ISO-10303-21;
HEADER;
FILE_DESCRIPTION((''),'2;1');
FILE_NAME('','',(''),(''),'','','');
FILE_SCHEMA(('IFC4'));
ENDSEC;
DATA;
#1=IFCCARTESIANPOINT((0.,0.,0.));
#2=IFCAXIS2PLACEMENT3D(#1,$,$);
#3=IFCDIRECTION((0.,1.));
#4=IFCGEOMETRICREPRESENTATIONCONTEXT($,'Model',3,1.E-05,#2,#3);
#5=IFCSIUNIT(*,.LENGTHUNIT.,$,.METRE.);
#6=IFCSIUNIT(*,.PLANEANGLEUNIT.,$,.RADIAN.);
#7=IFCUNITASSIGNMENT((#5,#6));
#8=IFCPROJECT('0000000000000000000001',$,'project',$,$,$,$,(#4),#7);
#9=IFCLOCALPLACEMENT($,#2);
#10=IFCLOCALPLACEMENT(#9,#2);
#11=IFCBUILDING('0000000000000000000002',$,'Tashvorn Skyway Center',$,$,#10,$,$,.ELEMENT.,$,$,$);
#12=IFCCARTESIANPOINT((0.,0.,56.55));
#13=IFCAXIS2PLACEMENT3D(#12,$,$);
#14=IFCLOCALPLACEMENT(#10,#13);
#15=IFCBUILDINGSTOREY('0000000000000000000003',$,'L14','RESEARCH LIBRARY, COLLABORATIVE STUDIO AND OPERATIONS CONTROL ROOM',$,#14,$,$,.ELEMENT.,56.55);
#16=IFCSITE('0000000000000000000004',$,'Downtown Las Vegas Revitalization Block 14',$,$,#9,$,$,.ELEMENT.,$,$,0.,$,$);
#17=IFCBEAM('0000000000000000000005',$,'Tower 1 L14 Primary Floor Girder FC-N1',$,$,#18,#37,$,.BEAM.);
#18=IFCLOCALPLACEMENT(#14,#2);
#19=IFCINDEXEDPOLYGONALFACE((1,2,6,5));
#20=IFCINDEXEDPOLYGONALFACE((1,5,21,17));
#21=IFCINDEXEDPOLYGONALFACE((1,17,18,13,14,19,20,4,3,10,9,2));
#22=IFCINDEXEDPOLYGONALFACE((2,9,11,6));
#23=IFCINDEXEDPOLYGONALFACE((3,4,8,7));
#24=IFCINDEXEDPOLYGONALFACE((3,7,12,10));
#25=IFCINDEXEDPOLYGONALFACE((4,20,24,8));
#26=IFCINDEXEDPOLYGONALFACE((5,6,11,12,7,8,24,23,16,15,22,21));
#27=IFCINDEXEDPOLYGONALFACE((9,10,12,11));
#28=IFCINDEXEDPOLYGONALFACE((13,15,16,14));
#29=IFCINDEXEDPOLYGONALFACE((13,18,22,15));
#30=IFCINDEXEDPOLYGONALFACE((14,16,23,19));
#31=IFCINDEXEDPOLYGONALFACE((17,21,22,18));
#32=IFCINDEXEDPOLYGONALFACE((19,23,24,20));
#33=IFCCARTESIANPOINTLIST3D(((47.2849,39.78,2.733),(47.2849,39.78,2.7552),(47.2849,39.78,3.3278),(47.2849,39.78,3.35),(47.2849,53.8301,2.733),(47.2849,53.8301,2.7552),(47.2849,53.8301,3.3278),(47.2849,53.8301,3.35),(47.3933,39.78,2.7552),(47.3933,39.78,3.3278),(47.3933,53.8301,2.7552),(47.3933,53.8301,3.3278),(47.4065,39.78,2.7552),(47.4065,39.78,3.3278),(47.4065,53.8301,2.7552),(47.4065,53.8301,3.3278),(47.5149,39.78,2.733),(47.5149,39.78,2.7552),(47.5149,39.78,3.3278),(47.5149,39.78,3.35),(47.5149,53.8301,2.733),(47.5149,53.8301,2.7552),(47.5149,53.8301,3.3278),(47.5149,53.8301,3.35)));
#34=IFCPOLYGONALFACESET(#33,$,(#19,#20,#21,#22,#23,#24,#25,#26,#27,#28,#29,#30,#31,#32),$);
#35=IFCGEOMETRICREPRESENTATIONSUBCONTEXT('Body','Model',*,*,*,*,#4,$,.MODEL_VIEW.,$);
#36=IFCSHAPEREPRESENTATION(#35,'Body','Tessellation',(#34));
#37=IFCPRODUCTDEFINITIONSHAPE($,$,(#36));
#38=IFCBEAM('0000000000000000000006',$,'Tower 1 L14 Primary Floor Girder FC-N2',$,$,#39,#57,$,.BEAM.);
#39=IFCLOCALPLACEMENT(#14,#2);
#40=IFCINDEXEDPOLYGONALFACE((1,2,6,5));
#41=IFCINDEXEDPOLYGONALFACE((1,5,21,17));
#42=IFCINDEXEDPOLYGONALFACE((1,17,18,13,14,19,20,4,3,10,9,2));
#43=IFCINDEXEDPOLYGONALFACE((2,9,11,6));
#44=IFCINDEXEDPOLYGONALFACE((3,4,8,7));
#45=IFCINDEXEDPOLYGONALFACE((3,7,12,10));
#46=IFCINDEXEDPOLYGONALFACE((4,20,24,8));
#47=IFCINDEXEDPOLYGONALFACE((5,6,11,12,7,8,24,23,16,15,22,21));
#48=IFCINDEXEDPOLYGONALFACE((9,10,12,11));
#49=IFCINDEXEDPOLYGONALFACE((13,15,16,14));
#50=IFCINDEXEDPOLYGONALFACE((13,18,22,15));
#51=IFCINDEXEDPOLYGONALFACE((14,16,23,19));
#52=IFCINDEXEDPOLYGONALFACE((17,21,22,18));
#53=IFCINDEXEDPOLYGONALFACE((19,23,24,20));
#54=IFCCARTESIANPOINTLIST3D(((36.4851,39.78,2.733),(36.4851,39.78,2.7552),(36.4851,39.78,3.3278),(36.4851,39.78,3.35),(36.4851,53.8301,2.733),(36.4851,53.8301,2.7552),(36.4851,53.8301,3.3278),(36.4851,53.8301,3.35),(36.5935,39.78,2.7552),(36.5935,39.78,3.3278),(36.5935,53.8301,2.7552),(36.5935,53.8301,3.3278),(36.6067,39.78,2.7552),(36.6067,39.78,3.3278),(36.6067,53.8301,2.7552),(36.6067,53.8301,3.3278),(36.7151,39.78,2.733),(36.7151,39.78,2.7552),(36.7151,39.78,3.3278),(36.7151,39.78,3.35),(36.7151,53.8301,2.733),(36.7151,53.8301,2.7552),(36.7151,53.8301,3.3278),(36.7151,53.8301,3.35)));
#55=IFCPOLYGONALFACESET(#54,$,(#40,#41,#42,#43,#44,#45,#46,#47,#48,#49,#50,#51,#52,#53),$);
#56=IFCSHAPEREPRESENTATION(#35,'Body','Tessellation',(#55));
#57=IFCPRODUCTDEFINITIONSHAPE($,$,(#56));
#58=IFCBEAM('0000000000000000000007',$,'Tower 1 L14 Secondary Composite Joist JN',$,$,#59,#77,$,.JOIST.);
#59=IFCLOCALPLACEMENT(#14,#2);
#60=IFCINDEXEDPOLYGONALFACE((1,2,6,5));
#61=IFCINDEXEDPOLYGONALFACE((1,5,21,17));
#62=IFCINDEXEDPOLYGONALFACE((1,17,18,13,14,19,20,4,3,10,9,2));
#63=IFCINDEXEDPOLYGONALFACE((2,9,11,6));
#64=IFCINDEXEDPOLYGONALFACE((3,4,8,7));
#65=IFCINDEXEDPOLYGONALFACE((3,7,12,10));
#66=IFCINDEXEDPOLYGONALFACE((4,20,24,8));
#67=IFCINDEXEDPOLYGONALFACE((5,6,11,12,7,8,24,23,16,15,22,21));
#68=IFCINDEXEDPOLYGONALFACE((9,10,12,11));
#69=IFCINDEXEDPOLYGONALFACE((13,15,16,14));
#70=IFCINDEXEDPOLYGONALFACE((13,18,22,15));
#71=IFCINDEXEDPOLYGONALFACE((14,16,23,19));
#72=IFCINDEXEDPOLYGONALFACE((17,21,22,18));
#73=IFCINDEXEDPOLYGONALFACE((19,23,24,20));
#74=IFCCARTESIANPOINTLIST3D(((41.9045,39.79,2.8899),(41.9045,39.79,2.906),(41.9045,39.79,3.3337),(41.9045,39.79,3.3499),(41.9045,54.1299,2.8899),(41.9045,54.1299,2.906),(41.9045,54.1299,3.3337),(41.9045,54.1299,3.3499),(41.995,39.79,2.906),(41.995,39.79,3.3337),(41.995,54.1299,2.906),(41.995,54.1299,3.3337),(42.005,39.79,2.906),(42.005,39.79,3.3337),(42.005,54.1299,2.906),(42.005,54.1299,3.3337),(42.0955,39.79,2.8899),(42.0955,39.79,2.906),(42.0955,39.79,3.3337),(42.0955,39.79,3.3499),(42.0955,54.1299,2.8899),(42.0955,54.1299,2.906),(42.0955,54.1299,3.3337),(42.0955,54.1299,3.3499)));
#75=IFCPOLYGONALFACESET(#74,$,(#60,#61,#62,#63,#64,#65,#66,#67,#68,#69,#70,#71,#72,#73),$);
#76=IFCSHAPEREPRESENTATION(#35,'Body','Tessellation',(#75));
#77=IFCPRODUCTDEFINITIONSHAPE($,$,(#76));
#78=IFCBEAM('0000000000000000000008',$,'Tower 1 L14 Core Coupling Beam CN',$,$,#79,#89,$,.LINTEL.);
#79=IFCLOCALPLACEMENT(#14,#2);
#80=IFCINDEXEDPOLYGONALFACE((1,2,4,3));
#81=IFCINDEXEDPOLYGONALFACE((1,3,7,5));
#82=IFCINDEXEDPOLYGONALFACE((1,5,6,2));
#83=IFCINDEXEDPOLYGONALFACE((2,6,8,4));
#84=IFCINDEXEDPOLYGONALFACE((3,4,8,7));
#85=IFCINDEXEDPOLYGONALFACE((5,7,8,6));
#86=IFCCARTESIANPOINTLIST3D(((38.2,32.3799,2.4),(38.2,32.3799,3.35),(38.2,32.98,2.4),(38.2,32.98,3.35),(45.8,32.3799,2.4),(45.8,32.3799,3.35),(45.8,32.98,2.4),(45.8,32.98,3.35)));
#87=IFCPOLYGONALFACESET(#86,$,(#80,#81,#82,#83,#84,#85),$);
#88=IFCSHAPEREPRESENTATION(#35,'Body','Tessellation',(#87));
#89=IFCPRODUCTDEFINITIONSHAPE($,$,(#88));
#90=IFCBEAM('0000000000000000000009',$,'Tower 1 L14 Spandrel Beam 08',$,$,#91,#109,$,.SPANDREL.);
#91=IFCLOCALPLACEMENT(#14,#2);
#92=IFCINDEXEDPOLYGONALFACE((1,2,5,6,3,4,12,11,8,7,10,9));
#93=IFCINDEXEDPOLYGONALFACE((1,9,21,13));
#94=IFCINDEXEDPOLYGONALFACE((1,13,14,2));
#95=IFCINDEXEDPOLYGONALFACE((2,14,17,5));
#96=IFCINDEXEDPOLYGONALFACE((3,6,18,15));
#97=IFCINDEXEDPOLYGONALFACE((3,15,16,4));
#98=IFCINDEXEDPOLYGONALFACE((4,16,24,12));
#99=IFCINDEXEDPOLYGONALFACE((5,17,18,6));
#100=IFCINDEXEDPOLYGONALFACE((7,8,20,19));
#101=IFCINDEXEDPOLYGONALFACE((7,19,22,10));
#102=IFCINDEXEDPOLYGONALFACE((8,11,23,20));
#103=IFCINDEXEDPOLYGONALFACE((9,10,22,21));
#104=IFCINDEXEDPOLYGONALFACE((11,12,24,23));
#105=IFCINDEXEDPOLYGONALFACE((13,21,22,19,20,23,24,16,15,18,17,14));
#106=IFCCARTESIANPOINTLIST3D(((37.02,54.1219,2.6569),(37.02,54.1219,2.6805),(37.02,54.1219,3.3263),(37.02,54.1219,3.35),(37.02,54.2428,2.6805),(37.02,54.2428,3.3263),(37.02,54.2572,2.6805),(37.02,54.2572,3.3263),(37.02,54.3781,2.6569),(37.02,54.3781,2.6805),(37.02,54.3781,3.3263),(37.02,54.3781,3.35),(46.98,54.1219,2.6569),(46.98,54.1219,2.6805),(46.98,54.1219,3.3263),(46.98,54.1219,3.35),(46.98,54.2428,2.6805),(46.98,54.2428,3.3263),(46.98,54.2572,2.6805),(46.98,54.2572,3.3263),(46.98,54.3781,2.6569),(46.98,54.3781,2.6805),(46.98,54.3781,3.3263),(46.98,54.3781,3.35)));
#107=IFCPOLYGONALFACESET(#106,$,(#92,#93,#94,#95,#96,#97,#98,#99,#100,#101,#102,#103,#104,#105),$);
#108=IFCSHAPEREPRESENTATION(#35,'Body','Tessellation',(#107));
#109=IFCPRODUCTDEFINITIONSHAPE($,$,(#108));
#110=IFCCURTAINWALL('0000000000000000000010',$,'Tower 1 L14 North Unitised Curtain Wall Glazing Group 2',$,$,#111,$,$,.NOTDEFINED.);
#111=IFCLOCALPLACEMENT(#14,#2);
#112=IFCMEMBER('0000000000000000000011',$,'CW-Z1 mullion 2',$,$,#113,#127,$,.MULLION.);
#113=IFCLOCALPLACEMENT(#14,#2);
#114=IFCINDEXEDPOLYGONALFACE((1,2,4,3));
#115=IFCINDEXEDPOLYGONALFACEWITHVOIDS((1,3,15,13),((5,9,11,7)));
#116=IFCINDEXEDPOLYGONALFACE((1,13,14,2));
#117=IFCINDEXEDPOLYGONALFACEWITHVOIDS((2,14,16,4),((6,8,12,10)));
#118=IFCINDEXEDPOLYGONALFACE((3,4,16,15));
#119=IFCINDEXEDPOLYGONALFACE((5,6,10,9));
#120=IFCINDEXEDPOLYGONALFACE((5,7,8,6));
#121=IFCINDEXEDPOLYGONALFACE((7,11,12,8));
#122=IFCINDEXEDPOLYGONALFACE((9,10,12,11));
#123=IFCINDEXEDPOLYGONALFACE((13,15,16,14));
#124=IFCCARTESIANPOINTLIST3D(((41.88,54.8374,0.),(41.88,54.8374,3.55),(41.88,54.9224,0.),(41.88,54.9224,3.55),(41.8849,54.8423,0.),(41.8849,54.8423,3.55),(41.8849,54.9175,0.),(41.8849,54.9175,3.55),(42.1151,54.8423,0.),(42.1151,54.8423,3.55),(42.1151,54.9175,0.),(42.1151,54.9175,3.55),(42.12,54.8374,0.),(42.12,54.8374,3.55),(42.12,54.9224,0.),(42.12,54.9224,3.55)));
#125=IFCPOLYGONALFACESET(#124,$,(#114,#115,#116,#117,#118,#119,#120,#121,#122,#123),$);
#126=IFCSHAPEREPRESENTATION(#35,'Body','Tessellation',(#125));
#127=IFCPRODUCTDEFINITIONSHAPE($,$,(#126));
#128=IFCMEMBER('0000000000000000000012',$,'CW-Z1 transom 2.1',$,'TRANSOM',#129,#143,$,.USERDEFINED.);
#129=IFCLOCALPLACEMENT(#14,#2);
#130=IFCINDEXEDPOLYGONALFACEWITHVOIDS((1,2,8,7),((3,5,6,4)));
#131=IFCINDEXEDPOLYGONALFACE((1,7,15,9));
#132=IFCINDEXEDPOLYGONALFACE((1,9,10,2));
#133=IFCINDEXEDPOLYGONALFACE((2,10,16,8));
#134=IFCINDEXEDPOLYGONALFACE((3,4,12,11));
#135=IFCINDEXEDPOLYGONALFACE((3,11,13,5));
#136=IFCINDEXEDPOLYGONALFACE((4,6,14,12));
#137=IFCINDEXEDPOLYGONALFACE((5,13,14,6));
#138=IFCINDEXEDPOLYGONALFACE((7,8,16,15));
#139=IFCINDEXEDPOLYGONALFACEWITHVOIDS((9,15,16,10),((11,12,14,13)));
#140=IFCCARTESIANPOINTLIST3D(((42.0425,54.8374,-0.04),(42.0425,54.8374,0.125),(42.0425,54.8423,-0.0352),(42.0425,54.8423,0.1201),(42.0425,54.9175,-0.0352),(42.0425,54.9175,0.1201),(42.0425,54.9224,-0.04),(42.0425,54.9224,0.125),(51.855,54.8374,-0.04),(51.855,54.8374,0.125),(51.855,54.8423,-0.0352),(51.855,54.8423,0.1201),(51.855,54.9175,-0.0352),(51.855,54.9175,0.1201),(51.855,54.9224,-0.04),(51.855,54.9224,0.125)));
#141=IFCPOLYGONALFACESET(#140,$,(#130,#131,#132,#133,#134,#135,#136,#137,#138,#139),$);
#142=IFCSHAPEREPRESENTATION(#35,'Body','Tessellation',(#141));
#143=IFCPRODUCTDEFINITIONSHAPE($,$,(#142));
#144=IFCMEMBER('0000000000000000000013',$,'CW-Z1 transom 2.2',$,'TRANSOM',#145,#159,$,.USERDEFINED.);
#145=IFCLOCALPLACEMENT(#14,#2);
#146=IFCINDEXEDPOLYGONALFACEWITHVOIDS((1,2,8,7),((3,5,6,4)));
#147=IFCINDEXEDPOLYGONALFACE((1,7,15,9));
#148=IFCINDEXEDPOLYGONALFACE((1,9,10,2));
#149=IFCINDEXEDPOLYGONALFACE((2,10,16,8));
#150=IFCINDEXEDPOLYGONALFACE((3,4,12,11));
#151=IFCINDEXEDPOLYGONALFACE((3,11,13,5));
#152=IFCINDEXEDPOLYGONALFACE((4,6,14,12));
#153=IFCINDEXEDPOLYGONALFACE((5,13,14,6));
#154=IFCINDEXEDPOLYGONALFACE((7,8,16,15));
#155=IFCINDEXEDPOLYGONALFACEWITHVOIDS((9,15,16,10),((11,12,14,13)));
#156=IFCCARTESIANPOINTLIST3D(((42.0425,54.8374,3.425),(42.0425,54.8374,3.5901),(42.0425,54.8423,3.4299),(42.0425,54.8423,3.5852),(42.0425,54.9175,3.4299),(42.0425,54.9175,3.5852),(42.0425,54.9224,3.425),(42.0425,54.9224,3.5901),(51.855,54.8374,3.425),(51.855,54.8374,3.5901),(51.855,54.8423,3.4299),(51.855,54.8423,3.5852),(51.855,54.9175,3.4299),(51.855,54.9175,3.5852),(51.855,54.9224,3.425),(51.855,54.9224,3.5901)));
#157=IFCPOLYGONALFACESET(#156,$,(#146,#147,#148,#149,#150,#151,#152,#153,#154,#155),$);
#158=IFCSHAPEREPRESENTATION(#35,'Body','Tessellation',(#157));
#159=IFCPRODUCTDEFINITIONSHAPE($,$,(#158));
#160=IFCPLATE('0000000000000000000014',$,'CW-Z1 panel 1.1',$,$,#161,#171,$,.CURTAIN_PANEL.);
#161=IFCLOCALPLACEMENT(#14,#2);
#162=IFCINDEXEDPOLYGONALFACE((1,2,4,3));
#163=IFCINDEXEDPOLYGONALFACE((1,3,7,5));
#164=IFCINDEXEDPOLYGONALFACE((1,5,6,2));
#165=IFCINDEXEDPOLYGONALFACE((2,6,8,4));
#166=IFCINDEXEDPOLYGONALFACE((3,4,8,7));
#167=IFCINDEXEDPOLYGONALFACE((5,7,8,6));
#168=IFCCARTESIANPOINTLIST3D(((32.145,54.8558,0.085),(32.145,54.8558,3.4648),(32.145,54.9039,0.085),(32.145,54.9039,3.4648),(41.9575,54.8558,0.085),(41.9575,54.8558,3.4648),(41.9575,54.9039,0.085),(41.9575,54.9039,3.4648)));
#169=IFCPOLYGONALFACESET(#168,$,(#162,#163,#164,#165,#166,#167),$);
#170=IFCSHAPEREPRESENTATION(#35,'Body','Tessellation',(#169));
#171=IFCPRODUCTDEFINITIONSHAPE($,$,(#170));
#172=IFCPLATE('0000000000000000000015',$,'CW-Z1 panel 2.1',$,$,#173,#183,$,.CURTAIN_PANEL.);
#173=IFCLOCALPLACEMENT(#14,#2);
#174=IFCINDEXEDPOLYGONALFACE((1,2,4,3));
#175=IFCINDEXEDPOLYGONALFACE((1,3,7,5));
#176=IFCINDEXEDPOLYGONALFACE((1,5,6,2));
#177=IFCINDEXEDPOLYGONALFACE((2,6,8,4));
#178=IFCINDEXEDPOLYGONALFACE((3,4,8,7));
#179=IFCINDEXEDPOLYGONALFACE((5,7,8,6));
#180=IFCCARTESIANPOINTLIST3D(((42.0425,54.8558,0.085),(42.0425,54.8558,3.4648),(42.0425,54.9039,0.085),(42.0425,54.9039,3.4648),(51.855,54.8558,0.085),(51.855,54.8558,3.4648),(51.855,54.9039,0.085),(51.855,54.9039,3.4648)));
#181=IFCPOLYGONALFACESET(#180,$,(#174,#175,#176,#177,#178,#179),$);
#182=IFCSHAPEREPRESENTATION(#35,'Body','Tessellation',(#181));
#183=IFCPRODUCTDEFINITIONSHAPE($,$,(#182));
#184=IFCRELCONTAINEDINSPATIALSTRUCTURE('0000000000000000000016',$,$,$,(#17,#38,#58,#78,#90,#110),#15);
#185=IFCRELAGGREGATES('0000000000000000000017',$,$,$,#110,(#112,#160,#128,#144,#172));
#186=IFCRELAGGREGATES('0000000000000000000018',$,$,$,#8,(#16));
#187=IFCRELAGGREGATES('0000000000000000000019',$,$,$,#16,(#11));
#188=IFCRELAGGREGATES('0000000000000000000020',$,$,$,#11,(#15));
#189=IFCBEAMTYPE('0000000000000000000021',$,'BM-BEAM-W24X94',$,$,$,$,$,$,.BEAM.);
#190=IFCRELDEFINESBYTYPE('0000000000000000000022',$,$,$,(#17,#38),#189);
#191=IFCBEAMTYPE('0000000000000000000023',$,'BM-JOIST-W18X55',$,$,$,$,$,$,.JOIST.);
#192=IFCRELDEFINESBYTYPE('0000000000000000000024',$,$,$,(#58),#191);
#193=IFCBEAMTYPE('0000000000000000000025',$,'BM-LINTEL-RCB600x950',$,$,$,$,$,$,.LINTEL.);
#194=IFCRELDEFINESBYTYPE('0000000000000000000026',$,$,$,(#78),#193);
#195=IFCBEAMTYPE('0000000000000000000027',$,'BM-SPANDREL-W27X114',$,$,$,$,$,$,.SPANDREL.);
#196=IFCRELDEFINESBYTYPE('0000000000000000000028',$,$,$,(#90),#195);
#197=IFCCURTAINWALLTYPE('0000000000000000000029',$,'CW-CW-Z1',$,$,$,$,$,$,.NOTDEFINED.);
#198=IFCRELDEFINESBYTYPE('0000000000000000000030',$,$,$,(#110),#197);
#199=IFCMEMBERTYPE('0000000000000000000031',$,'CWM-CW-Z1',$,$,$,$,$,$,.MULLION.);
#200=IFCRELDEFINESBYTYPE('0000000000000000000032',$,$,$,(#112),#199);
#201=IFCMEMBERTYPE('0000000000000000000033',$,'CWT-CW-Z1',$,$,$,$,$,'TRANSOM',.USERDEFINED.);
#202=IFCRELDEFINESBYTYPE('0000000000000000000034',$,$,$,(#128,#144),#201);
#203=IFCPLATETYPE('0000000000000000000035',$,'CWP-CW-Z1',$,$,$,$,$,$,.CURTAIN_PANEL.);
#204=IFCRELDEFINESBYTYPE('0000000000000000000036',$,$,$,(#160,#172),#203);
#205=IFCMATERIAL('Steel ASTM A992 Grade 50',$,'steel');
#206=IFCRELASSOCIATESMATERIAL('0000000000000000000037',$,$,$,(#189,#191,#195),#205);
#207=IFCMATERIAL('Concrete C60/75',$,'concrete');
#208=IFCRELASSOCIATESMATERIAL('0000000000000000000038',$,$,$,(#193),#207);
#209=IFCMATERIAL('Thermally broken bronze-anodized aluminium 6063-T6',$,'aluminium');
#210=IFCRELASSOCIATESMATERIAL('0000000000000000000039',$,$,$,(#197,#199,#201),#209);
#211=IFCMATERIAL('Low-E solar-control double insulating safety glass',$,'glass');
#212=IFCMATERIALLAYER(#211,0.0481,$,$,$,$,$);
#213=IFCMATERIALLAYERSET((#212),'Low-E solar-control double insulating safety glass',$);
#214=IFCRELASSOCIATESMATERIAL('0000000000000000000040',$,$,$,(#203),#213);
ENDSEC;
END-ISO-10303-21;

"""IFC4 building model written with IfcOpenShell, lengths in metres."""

from ifc_helpers import new_model, si_unit, direction, frame, origin, origin_2d, place, context, subcontext, project, spatial, rectangle, hollow_rectangle, i_section, extrude, material, layer, layer_set, material_profile, profile_set, type_object, element, aggregate, save


model = new_model("IFC4")

# Units and contexts
model_context = context("Model", 3, precision=1e-05, world=origin(), true_north=direction((0.0, 1.0)))
body_context = subcontext(model_context, "Body", "Model", "MODEL_VIEW")
ifc_project = project(units=[si_unit("LENGTHUNIT", "METRE"), si_unit("PLANEANGLEUNIT", "RADIAN")], contexts=[model_context])

# Site, building, storey
site_placement = place(None, origin())
site = spatial("IfcSite", under=ifc_project, at=site_placement, Name="Downtown Las Vegas Revitalization Block 14", CompositionType="ELEMENT", RefElevation=0.0)
building_placement = place(site_placement, origin())
building = spatial("IfcBuilding", under=site, at=building_placement, Name="Tashvorn Skyway Center", CompositionType="ELEMENT")
storey_placement = place(building_placement, frame((0.0, 0.0, 56.55)))
storey = spatial("IfcBuildingStorey", under=building, at=storey_placement, Name="L14", Description="RESEARCH LIBRARY, COLLABORATIVE STUDIO AND OPERATIONS CONTROL ROOM", CompositionType="ELEMENT", Elevation=56.55)

# Beams
ifc_material_1 = material(Name="Steel ASTM A992 Grade 50", Category="steel")
ifc_material_profile_1 = material_profile(ifc_material_1, i_section(OverallWidth=0.23, OverallDepth=0.6169, WebThickness=0.0132, FlangeThickness=0.0222, at=origin_2d()), Name="W24X94")
ifc_profile_set_1 = profile_set([ifc_material_profile_1], Name="Steel ASTM A992 Grade 50")
beam_type_1 = type_object("IfcBeamType", Name="BM-BEAM-W24X94", PredefinedType="BEAM", material=ifc_profile_set_1)
for number, where, z_axis, x_axis, name in (
    (1, (47.3999, 53.8301, 3.0415), (0.0, -1.0, 0.0), (1.0, 0.0, 0.0), "Tower 1 L14 Primary Floor Girder FC-N1"),
    (2, (36.6001, 53.8301, 3.0415), (0.0, -1.0, 0.0), (1.0, 0.0, 0.0), "Tower 1 L14 Primary Floor Girder FC-N2"),
):
    element("IfcBeam", number, at=place(storey_placement, frame(where, z_axis=z_axis, x_axis=x_axis)), inside=storey, type_object=beam_type_1, Name=name, PredefinedType="BEAM", context=body_context, shape_type="SweptSolid", body=[
        extrude(i_section(OverallWidth=0.23, OverallDepth=0.6169, WebThickness=0.0132, FlangeThickness=0.0222, at=origin_2d()), origin(), (0.0, 0.0, 1.0), 14.05),
    ])
ifc_material_profile_2 = material_profile(ifc_material_1, i_section(OverallWidth=0.1909, OverallDepth=0.46, WebThickness=0.01, FlangeThickness=0.0161, at=origin_2d()), Name="W18X55")
ifc_profile_set_2 = profile_set([ifc_material_profile_2], Name="Steel ASTM A992 Grade 50")
beam_type_2 = type_object("IfcBeamType", Name="BM-JOIST-W18X55", PredefinedType="JOIST", material=ifc_profile_set_2)
beam_1_placement = place(storey_placement, frame((42.0, 39.79, 3.1199), z_axis=(0.0, 1.0, 0.0), x_axis=(-1.0, 0.0, 0.0)))
element("IfcBeam", 3, at=beam_1_placement, inside=storey, type_object=beam_type_2, Name="Tower 1 L14 Secondary Composite Joist JN", PredefinedType="JOIST", context=body_context, shape_type="SweptSolid", body=[
    extrude(i_section(OverallWidth=0.1909, OverallDepth=0.46, WebThickness=0.01, FlangeThickness=0.0161, at=origin_2d()), origin(), (0.0, 0.0, 1.0), 14.3398),
])
ifc_material_2 = material(Name="Concrete C60/75", Category="concrete")
ifc_material_profile_3 = material_profile(ifc_material_2, rectangle(XDim=0.6001, YDim=0.95, at=origin_2d()), Name="RCB600x950")
ifc_profile_set_3 = profile_set([ifc_material_profile_3], Name="Concrete C60/75")
beam_type_3 = type_object("IfcBeamType", Name="BM-LINTEL-RCB600x950", PredefinedType="LINTEL", material=ifc_profile_set_3)
beam_2_placement = place(storey_placement, frame((38.2, 32.6799, 2.875), z_axis=(1.0, 0.0, 0.0), x_axis=(0.0, 1.0, 0.0)))
element("IfcBeam", 4, at=beam_2_placement, inside=storey, type_object=beam_type_3, Name="Tower 1 L14 Core Coupling Beam CN", PredefinedType="LINTEL", context=body_context, shape_type="SweptSolid", body=[
    extrude(rectangle(XDim=0.6001, YDim=0.95, at=origin_2d()), origin(), (0.0, 0.0, 1.0), 7.6001),
])
ifc_material_profile_4 = material_profile(ifc_material_1, i_section(OverallWidth=0.2561, OverallDepth=0.6931, WebThickness=0.0144, FlangeThickness=0.0237, at=origin_2d()), Name="W27X114")
ifc_profile_set_4 = profile_set([ifc_material_profile_4], Name="Steel ASTM A992 Grade 50")
beam_type_4 = type_object("IfcBeamType", Name="BM-SPANDREL-W27X114", PredefinedType="SPANDREL", material=ifc_profile_set_4)
beam_3_placement = place(storey_placement, frame((46.98, 54.25, 3.0034), z_axis=(-1.0, 0.0, 0.0), x_axis=(0.0, -1.0, 0.0)))
element("IfcBeam", 5, at=beam_3_placement, inside=storey, type_object=beam_type_4, Name="Tower 1 L14 Spandrel Beam 08", PredefinedType="SPANDREL", context=body_context, shape_type="SweptSolid", body=[
    extrude(i_section(OverallWidth=0.2561, OverallDepth=0.6931, WebThickness=0.0144, FlangeThickness=0.0237, at=origin_2d()), origin(), (0.0, 0.0, 1.0), 9.96),
])

# Curtain wall, members, plates
ifc_material_3 = material(Name="Thermally broken bronze-anodized aluminium 6063-T6", Category="aluminium")
curtain_wall_type = type_object("IfcCurtainWallType", Name="CW-CW-Z1", PredefinedType="NOTDEFINED", material=ifc_material_3)
curtain_wall_placement = place(storey_placement, origin())
curtain_wall = element("IfcCurtainWall", 6, at=curtain_wall_placement, inside=storey, type_object=curtain_wall_type, Name="Tower 1 L14 North Unitised Curtain Wall Glazing Group 2", PredefinedType="NOTDEFINED")
ifc_material_profile_5 = material_profile(ifc_material_3, hollow_rectangle(XDim=0.085, YDim=0.24, WallThickness=0.0049, at=origin_2d()), Name="ALU-MULL-85x240")
ifc_profile_set_5 = profile_set([ifc_material_profile_5], Name="Thermally broken bronze-anodized aluminium 6063-T6")
member_type_1 = type_object("IfcMemberType", Name="CWM-CW-Z1", PredefinedType="MULLION", material=ifc_profile_set_5)
member_1_placement = place(storey_placement, frame((42.0, 54.8799, 0.0), z_axis=(0.0, 0.0, 1.0), x_axis=(0.0, 1.0, 0.0)))
member_1 = element("IfcMember", 7, at=member_1_placement, type_object=member_type_1, Name="CW-Z1 mullion 2", PredefinedType="MULLION", context=body_context, shape_type="SweptSolid", body=[
    extrude(hollow_rectangle(XDim=0.085, YDim=0.24, WallThickness=0.0049, at=origin_2d()), origin(), (0.0, 0.0, 1.0), 3.55),
])
ifc_material_profile_6 = material_profile(ifc_material_3, hollow_rectangle(XDim=0.085, YDim=0.165, WallThickness=0.0049, at=origin_2d()), Name="ALU-TRAN-85x165")
ifc_profile_set_6 = profile_set([ifc_material_profile_6], Name="Thermally broken bronze-anodized aluminium 6063-T6")
member_type_2 = type_object("IfcMemberType", Name="CWT-CW-Z1", ElementType="TRANSOM", PredefinedType="USERDEFINED", material=ifc_profile_set_6)
member_2_placement = place(storey_placement, frame((42.0425, 54.8799, 0.0425), z_axis=(1.0, 0.0, 0.0), x_axis=(0.0, 1.0, 0.0)))
member_2 = element("IfcMember", 8, at=member_2_placement, type_object=member_type_2, Name="CW-Z1 transom 2.1", ObjectType="TRANSOM", PredefinedType="USERDEFINED", context=body_context, shape_type="SweptSolid", body=[
    extrude(hollow_rectangle(XDim=0.085, YDim=0.165, WallThickness=0.0049, at=origin_2d()), origin(), (0.0, 0.0, 1.0), 9.8125),
])
member_3_placement = place(storey_placement, frame((42.0425, 54.8799, 3.5076), z_axis=(1.0, 0.0, 0.0), x_axis=(0.0, 1.0, 0.0)))
member_3 = element("IfcMember", 9, at=member_3_placement, type_object=member_type_2, Name="CW-Z1 transom 2.2", ObjectType="TRANSOM", PredefinedType="USERDEFINED", context=body_context, shape_type="SweptSolid", body=[
    extrude(hollow_rectangle(XDim=0.085, YDim=0.165, WallThickness=0.0049, at=origin_2d()), origin(), (0.0, 0.0, 1.0), 9.8125),
])
ifc_material_4 = material(Name="Low-E solar-control double insulating safety glass", Category="glass")
ifc_layer_1 = layer(ifc_material_4, 0.0481)
ifc_layer_set_1 = layer_set([ifc_layer_1], Name="Low-E solar-control double insulating safety glass")
plate_type = type_object("IfcPlateType", Name="CWP-CW-Z1", PredefinedType="CURTAIN_PANEL", material=ifc_layer_set_1)
plate_1_placement = place(storey_placement, frame((37.0513, 54.8799, 0.085), z_axis=(0.0, 0.0, 1.0), x_axis=(1.0, 0.0, 0.0)))
plate_1 = element("IfcPlate", 10, at=plate_1_placement, type_object=plate_type, Name="CW-Z1 panel 1.1", PredefinedType="CURTAIN_PANEL", context=body_context, shape_type="SweptSolid", body=[
    extrude(rectangle(XDim=9.8125, YDim=0.0481, at=origin_2d()), origin(), (0.0, 0.0, 1.0), 3.3799),
])
plate_2_placement = place(storey_placement, frame((46.9487, 54.8799, 0.085), z_axis=(0.0, 0.0, 1.0), x_axis=(1.0, 0.0, 0.0)))
plate_2 = element("IfcPlate", 11, at=plate_2_placement, type_object=plate_type, Name="CW-Z1 panel 2.1", PredefinedType="CURTAIN_PANEL", context=body_context, shape_type="SweptSolid", body=[
    extrude(rectangle(XDim=9.8125, YDim=0.0481, at=origin_2d()), origin(), (0.0, 0.0, 1.0), 3.3799),
])
aggregate(curtain_wall, [member_1, plate_1, member_2, member_3, plate_2])

save(model, "model.ifc")
